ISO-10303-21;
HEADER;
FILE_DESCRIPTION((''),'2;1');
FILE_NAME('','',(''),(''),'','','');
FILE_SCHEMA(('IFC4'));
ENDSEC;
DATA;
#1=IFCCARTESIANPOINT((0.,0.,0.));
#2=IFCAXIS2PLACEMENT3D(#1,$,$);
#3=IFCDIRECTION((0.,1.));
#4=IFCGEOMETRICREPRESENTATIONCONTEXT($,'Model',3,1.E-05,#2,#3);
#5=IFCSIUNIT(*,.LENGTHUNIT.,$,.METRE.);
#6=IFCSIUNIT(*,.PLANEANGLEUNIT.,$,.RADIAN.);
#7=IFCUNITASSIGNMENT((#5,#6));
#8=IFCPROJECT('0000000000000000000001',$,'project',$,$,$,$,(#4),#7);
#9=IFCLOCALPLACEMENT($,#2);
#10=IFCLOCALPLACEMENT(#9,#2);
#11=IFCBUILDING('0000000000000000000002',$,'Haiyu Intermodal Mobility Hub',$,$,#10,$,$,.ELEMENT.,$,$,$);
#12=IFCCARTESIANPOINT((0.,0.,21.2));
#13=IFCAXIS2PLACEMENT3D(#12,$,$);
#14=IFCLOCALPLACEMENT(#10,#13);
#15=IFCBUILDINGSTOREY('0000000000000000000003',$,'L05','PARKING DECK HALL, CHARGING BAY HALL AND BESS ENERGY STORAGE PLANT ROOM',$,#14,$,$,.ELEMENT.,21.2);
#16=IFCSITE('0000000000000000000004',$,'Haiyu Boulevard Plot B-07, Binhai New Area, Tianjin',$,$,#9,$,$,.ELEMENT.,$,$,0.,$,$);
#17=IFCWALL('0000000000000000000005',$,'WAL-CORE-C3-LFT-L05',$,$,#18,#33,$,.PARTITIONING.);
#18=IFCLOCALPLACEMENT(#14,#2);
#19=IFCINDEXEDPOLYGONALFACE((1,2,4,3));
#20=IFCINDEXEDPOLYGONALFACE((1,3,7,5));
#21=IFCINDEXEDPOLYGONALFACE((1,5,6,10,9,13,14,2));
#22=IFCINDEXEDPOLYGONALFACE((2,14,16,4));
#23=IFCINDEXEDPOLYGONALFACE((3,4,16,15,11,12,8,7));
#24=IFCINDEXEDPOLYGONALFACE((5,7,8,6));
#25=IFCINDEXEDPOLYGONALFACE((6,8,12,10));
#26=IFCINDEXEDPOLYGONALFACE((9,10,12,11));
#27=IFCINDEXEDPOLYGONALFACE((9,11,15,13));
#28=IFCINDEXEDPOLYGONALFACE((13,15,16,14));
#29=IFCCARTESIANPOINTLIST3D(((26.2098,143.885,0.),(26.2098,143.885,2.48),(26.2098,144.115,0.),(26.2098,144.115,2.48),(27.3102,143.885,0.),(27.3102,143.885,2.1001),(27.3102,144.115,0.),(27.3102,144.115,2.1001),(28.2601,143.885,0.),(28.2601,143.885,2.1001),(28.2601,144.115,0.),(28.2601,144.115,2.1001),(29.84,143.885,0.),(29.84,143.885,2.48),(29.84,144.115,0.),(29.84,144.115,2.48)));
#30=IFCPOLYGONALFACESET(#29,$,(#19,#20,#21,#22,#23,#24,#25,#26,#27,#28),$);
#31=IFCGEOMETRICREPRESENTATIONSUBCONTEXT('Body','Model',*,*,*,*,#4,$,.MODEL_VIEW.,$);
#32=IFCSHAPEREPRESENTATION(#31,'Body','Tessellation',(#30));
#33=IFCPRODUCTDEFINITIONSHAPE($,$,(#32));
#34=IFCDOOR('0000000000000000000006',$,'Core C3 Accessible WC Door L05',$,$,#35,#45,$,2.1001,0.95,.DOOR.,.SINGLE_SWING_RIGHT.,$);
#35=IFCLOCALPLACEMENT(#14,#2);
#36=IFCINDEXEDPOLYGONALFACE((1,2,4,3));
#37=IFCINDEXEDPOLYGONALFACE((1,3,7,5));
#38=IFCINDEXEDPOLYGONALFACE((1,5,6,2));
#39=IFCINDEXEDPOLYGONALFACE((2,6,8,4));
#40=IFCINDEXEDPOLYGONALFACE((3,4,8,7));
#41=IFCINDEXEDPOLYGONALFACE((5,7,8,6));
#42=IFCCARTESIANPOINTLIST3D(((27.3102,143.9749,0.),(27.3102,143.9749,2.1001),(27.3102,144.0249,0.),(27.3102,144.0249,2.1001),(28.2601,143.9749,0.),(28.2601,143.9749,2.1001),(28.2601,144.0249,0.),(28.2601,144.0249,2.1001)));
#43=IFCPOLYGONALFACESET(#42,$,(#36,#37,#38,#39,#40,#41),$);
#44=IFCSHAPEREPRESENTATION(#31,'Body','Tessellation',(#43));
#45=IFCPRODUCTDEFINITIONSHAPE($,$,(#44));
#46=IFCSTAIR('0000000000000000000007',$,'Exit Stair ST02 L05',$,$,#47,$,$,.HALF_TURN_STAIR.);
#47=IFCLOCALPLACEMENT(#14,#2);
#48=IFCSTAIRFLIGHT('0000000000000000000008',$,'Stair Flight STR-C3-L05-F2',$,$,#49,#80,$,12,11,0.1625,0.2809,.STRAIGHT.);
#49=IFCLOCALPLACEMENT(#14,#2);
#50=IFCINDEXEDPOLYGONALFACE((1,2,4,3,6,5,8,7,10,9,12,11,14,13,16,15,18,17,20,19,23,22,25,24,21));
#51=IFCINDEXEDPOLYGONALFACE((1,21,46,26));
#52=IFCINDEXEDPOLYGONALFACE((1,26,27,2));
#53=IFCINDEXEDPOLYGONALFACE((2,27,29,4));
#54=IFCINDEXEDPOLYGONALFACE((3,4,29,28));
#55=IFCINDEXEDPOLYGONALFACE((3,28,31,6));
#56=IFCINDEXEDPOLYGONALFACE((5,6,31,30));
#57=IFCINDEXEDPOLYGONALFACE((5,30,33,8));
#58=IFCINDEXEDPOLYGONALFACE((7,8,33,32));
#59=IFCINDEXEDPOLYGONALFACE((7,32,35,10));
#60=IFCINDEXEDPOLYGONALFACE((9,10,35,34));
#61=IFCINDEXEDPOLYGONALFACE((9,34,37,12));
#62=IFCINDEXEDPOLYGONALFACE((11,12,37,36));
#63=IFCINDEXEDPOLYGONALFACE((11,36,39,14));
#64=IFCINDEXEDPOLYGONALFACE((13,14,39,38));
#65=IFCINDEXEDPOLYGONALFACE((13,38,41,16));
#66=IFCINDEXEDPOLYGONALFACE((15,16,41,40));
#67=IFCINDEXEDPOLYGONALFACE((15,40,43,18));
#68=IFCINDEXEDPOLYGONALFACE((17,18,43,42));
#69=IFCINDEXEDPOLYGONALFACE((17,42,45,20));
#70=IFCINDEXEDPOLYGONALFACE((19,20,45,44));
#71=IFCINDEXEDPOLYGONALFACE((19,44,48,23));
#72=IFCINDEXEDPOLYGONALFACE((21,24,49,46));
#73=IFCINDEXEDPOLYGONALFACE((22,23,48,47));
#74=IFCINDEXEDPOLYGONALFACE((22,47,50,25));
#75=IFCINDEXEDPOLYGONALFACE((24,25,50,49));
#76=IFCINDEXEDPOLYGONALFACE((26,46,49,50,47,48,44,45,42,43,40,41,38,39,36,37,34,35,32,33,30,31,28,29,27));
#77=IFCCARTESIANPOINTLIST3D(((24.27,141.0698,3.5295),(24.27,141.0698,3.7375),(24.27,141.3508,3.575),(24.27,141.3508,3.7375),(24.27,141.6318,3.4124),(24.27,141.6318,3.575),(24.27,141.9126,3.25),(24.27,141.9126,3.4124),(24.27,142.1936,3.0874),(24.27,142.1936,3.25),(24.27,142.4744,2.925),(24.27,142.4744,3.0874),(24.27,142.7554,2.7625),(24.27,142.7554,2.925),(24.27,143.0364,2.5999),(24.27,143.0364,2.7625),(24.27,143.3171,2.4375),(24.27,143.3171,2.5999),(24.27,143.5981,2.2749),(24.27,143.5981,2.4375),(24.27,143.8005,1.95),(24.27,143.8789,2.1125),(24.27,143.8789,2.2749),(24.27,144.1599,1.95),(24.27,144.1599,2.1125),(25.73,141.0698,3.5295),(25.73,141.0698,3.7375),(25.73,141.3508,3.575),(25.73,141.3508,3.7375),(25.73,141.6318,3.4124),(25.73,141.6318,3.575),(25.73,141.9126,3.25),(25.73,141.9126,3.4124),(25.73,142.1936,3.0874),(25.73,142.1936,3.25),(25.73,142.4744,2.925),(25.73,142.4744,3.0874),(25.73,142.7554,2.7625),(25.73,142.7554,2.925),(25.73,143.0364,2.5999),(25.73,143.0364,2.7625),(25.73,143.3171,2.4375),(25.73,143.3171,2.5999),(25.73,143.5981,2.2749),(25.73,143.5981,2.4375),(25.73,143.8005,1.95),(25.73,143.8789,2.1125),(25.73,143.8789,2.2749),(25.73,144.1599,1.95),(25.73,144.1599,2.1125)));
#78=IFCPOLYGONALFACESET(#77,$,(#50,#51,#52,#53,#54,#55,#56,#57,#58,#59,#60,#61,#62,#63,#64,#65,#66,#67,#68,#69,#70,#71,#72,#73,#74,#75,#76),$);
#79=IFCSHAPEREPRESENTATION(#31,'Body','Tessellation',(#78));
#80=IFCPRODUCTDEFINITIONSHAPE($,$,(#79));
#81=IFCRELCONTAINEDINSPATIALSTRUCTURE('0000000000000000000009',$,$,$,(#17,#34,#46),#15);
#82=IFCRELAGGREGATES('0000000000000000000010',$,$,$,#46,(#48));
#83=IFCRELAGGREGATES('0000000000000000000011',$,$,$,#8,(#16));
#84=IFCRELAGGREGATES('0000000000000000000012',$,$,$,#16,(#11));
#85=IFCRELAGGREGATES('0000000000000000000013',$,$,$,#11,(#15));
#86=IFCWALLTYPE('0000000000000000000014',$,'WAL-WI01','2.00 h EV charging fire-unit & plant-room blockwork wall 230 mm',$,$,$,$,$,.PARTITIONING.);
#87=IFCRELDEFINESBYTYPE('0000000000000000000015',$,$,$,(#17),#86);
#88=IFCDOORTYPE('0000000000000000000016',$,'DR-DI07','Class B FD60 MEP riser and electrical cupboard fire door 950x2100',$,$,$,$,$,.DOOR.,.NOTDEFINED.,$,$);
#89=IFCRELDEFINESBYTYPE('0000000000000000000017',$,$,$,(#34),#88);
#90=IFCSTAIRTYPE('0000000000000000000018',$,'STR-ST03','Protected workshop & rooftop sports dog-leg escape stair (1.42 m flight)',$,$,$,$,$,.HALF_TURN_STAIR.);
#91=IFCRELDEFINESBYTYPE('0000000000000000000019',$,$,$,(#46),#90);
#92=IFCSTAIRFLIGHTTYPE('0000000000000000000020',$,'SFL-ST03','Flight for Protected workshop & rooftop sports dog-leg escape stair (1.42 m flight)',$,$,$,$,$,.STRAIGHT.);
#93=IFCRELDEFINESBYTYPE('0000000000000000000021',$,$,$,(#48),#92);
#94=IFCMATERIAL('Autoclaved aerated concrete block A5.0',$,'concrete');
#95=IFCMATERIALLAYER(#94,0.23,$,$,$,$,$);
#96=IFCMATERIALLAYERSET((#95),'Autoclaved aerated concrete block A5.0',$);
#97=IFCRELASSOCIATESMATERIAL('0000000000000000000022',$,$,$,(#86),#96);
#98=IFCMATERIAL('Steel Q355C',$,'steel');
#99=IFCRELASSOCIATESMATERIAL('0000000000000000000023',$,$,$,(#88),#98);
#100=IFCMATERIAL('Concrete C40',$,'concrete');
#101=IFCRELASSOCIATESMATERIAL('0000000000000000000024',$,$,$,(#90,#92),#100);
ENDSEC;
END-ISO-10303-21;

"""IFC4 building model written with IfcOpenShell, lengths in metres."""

from ifc_helpers import new_model, si_unit, direction, frame, frame_2d, origin, place, context, subcontext, project, spatial, polyline, rectangle, outline, extrude, material, layer, layer_set, type_object, element, fill, aggregate, save


model = new_model("IFC4")

# Units and contexts
model_context = context("Model", 3, precision=1e-05, world=origin(), true_north=direction((0.0, 1.0)))
body_context = subcontext(model_context, "Body", "Model", "MODEL_VIEW")
ifc_project = project(units=[si_unit("LENGTHUNIT", "METRE"), si_unit("PLANEANGLEUNIT", "RADIAN")], contexts=[model_context])

# Site, building, storey
site_placement = place(None, origin())
site = spatial("IfcSite", under=ifc_project, at=site_placement, Name="Haiyu Boulevard Plot B-07, Binhai New Area, Tianjin", CompositionType="ELEMENT", RefElevation=0.0)
building_placement = place(site_placement, origin())
building = spatial("IfcBuilding", under=site, at=building_placement, Name="Haiyu Intermodal Mobility Hub", CompositionType="ELEMENT")
storey_placement = place(building_placement, frame((0.0, 0.0, 21.2)))
storey = spatial("IfcBuildingStorey", under=building, at=storey_placement, Name="L05", Description="PARKING DECK HALL, CHARGING BAY HALL AND BESS ENERGY STORAGE PLANT ROOM", CompositionType="ELEMENT", Elevation=21.2)

# Shared definitions
ifc_material_1 = material(Name="Steel Q355C", Category="steel")

# Wall, opening, door
ifc_material_2 = material(Name="Autoclaved aerated concrete block A5.0", Category="concrete")
ifc_layer_1 = layer(ifc_material_2, 0.23)
ifc_layer_set_1 = layer_set([ifc_layer_1], Name="Autoclaved aerated concrete block A5.0")
wall_type = type_object("IfcWallType", Name="WAL-WI01", Description="2.00 h EV charging fire-unit & plant-room blockwork wall 230 mm", PredefinedType="PARTITIONING", material=ifc_layer_set_1)
wall_placement = place(storey_placement, frame((26.21, 144.0, 0.0), z_axis=(0.0, 0.0, 1.0), x_axis=(1.0, 0.0, 0.0)))
wall = element("IfcWall", 1, at=wall_placement, inside=storey, type_object=wall_type, Name="WAL-CORE-C3-LFT-L05", PredefinedType="PARTITIONING", context=body_context, shape_type="SweptSolid", body=[
    extrude(rectangle(XDim=3.6301, YDim=0.23, at=frame_2d((1.8149, 0.0))), origin(), (0.0, 0.0, 1.0), 2.48),
])
opening_placement = place(wall_placement, frame((1.1001, 0.0, 0.0)))
opening = element("IfcOpeningElement", 2, at=opening_placement, cuts=wall, PredefinedType="OPENING", context=body_context, shape_type="SweptSolid", body=[
    extrude(rectangle(XDim=0.95, YDim=2.1001, at=frame_2d((0.4751, 1.05))), frame((0.0, 0.125, 0.0), z_axis=(0.0, -1.0, 0.0), x_axis=(1.0, 0.0, 0.0)), (0.0, 0.0, 1.0), 0.25),
])
door_type = type_object("IfcDoorType", Name="DR-DI07", Description="Class B FD60 MEP riser and electrical cupboard fire door 950x2100", OperationType="NOTDEFINED", PredefinedType="DOOR", material=ifc_material_1)
door_placement = place(opening_placement, origin())
door = element("IfcDoor", 3, at=door_placement, inside=storey, type_object=door_type, Name="Core C3 Accessible WC Door L05", OperationType="SINGLE_SWING_RIGHT", OverallHeight=2.1001, OverallWidth=0.95, PredefinedType="DOOR", context=body_context, shape_type="SweptSolid", body=[
    extrude(rectangle(XDim=0.95, YDim=2.1001, at=frame_2d((0.4751, 1.05))), frame((0.0, 0.0249, 0.0), z_axis=(0.0, -1.0, 0.0), x_axis=(1.0, 0.0, 0.0)), (0.0, 0.0, 1.0), 0.05),
])
fill(opening, door)

# Stair, stair flight
ifc_material_3 = material(Name="Concrete C40", Category="concrete")
stair_type = type_object("IfcStairType", Name="STR-ST03", Description="Protected workshop & rooftop sports dog-leg escape stair (1.42 m flight)", PredefinedType="HALF_TURN_STAIR", material=ifc_material_3)
stair_placement = place(storey_placement, origin())
stair = element("IfcStair", 4, at=stair_placement, inside=storey, type_object=stair_type, Name="Exit Stair ST02 L05", PredefinedType="HALF_TURN_STAIR")
stair_flight_type = type_object("IfcStairFlightType", Name="SFL-ST03", Description="Flight for Protected workshop & rooftop sports dog-leg escape stair (1.42 m flight)", PredefinedType="STRAIGHT", material=ifc_material_3)
stair_flight_placement = place(storey_placement, frame((25.0, 144.1599, 1.95), z_axis=(0.0, 0.0, 1.0), x_axis=(0.0, -1.0, 0.0)))
stair_flight = element("IfcStairFlight", 5, at=stair_flight_placement, type_object=stair_flight_type, Name="Stair Flight STR-C3-L05-F2", NumberOfRisers=12, NumberOfTreads=11, PredefinedType="STRAIGHT", RiserHeight=0.1625, TreadLength=0.2809, context=body_context, shape_type="SweptSolid", body=[
    extrude(outline(polyline([(0.0, 0.0), (0.0, 0.1626), (0.281, 0.1626), (0.281, 0.325), (0.5618, 0.325), (0.5618, 0.4875), (0.8428, 0.4875), (0.8428, 0.6499), (1.1235, 0.6499), (1.1235, 0.8125), (1.4045, 0.8125), (1.4045, 0.9751), (1.6855, 0.9751), (1.6855, 1.1375), (1.9663, 1.1375), (1.9663, 1.3), (2.2473, 1.3), (2.2473, 1.4624), (2.5281, 1.4624), (2.5281, 1.625), (2.8091, 1.625), (2.8091, 1.7876), (3.0901, 1.7876), (3.0901, 1.95), (3.0901, 1.5796), (0.3594, 0.0), (0.0, 0.0)])), frame((0.0, 0.73, 0.0), z_axis=(0.0, -1.0, 0.0), x_axis=(1.0, 0.0, 0.0)), (0.0, 0.0, 1.0), 1.46),
])
aggregate(stair, [stair_flight])

save(model, "model.ifc")
